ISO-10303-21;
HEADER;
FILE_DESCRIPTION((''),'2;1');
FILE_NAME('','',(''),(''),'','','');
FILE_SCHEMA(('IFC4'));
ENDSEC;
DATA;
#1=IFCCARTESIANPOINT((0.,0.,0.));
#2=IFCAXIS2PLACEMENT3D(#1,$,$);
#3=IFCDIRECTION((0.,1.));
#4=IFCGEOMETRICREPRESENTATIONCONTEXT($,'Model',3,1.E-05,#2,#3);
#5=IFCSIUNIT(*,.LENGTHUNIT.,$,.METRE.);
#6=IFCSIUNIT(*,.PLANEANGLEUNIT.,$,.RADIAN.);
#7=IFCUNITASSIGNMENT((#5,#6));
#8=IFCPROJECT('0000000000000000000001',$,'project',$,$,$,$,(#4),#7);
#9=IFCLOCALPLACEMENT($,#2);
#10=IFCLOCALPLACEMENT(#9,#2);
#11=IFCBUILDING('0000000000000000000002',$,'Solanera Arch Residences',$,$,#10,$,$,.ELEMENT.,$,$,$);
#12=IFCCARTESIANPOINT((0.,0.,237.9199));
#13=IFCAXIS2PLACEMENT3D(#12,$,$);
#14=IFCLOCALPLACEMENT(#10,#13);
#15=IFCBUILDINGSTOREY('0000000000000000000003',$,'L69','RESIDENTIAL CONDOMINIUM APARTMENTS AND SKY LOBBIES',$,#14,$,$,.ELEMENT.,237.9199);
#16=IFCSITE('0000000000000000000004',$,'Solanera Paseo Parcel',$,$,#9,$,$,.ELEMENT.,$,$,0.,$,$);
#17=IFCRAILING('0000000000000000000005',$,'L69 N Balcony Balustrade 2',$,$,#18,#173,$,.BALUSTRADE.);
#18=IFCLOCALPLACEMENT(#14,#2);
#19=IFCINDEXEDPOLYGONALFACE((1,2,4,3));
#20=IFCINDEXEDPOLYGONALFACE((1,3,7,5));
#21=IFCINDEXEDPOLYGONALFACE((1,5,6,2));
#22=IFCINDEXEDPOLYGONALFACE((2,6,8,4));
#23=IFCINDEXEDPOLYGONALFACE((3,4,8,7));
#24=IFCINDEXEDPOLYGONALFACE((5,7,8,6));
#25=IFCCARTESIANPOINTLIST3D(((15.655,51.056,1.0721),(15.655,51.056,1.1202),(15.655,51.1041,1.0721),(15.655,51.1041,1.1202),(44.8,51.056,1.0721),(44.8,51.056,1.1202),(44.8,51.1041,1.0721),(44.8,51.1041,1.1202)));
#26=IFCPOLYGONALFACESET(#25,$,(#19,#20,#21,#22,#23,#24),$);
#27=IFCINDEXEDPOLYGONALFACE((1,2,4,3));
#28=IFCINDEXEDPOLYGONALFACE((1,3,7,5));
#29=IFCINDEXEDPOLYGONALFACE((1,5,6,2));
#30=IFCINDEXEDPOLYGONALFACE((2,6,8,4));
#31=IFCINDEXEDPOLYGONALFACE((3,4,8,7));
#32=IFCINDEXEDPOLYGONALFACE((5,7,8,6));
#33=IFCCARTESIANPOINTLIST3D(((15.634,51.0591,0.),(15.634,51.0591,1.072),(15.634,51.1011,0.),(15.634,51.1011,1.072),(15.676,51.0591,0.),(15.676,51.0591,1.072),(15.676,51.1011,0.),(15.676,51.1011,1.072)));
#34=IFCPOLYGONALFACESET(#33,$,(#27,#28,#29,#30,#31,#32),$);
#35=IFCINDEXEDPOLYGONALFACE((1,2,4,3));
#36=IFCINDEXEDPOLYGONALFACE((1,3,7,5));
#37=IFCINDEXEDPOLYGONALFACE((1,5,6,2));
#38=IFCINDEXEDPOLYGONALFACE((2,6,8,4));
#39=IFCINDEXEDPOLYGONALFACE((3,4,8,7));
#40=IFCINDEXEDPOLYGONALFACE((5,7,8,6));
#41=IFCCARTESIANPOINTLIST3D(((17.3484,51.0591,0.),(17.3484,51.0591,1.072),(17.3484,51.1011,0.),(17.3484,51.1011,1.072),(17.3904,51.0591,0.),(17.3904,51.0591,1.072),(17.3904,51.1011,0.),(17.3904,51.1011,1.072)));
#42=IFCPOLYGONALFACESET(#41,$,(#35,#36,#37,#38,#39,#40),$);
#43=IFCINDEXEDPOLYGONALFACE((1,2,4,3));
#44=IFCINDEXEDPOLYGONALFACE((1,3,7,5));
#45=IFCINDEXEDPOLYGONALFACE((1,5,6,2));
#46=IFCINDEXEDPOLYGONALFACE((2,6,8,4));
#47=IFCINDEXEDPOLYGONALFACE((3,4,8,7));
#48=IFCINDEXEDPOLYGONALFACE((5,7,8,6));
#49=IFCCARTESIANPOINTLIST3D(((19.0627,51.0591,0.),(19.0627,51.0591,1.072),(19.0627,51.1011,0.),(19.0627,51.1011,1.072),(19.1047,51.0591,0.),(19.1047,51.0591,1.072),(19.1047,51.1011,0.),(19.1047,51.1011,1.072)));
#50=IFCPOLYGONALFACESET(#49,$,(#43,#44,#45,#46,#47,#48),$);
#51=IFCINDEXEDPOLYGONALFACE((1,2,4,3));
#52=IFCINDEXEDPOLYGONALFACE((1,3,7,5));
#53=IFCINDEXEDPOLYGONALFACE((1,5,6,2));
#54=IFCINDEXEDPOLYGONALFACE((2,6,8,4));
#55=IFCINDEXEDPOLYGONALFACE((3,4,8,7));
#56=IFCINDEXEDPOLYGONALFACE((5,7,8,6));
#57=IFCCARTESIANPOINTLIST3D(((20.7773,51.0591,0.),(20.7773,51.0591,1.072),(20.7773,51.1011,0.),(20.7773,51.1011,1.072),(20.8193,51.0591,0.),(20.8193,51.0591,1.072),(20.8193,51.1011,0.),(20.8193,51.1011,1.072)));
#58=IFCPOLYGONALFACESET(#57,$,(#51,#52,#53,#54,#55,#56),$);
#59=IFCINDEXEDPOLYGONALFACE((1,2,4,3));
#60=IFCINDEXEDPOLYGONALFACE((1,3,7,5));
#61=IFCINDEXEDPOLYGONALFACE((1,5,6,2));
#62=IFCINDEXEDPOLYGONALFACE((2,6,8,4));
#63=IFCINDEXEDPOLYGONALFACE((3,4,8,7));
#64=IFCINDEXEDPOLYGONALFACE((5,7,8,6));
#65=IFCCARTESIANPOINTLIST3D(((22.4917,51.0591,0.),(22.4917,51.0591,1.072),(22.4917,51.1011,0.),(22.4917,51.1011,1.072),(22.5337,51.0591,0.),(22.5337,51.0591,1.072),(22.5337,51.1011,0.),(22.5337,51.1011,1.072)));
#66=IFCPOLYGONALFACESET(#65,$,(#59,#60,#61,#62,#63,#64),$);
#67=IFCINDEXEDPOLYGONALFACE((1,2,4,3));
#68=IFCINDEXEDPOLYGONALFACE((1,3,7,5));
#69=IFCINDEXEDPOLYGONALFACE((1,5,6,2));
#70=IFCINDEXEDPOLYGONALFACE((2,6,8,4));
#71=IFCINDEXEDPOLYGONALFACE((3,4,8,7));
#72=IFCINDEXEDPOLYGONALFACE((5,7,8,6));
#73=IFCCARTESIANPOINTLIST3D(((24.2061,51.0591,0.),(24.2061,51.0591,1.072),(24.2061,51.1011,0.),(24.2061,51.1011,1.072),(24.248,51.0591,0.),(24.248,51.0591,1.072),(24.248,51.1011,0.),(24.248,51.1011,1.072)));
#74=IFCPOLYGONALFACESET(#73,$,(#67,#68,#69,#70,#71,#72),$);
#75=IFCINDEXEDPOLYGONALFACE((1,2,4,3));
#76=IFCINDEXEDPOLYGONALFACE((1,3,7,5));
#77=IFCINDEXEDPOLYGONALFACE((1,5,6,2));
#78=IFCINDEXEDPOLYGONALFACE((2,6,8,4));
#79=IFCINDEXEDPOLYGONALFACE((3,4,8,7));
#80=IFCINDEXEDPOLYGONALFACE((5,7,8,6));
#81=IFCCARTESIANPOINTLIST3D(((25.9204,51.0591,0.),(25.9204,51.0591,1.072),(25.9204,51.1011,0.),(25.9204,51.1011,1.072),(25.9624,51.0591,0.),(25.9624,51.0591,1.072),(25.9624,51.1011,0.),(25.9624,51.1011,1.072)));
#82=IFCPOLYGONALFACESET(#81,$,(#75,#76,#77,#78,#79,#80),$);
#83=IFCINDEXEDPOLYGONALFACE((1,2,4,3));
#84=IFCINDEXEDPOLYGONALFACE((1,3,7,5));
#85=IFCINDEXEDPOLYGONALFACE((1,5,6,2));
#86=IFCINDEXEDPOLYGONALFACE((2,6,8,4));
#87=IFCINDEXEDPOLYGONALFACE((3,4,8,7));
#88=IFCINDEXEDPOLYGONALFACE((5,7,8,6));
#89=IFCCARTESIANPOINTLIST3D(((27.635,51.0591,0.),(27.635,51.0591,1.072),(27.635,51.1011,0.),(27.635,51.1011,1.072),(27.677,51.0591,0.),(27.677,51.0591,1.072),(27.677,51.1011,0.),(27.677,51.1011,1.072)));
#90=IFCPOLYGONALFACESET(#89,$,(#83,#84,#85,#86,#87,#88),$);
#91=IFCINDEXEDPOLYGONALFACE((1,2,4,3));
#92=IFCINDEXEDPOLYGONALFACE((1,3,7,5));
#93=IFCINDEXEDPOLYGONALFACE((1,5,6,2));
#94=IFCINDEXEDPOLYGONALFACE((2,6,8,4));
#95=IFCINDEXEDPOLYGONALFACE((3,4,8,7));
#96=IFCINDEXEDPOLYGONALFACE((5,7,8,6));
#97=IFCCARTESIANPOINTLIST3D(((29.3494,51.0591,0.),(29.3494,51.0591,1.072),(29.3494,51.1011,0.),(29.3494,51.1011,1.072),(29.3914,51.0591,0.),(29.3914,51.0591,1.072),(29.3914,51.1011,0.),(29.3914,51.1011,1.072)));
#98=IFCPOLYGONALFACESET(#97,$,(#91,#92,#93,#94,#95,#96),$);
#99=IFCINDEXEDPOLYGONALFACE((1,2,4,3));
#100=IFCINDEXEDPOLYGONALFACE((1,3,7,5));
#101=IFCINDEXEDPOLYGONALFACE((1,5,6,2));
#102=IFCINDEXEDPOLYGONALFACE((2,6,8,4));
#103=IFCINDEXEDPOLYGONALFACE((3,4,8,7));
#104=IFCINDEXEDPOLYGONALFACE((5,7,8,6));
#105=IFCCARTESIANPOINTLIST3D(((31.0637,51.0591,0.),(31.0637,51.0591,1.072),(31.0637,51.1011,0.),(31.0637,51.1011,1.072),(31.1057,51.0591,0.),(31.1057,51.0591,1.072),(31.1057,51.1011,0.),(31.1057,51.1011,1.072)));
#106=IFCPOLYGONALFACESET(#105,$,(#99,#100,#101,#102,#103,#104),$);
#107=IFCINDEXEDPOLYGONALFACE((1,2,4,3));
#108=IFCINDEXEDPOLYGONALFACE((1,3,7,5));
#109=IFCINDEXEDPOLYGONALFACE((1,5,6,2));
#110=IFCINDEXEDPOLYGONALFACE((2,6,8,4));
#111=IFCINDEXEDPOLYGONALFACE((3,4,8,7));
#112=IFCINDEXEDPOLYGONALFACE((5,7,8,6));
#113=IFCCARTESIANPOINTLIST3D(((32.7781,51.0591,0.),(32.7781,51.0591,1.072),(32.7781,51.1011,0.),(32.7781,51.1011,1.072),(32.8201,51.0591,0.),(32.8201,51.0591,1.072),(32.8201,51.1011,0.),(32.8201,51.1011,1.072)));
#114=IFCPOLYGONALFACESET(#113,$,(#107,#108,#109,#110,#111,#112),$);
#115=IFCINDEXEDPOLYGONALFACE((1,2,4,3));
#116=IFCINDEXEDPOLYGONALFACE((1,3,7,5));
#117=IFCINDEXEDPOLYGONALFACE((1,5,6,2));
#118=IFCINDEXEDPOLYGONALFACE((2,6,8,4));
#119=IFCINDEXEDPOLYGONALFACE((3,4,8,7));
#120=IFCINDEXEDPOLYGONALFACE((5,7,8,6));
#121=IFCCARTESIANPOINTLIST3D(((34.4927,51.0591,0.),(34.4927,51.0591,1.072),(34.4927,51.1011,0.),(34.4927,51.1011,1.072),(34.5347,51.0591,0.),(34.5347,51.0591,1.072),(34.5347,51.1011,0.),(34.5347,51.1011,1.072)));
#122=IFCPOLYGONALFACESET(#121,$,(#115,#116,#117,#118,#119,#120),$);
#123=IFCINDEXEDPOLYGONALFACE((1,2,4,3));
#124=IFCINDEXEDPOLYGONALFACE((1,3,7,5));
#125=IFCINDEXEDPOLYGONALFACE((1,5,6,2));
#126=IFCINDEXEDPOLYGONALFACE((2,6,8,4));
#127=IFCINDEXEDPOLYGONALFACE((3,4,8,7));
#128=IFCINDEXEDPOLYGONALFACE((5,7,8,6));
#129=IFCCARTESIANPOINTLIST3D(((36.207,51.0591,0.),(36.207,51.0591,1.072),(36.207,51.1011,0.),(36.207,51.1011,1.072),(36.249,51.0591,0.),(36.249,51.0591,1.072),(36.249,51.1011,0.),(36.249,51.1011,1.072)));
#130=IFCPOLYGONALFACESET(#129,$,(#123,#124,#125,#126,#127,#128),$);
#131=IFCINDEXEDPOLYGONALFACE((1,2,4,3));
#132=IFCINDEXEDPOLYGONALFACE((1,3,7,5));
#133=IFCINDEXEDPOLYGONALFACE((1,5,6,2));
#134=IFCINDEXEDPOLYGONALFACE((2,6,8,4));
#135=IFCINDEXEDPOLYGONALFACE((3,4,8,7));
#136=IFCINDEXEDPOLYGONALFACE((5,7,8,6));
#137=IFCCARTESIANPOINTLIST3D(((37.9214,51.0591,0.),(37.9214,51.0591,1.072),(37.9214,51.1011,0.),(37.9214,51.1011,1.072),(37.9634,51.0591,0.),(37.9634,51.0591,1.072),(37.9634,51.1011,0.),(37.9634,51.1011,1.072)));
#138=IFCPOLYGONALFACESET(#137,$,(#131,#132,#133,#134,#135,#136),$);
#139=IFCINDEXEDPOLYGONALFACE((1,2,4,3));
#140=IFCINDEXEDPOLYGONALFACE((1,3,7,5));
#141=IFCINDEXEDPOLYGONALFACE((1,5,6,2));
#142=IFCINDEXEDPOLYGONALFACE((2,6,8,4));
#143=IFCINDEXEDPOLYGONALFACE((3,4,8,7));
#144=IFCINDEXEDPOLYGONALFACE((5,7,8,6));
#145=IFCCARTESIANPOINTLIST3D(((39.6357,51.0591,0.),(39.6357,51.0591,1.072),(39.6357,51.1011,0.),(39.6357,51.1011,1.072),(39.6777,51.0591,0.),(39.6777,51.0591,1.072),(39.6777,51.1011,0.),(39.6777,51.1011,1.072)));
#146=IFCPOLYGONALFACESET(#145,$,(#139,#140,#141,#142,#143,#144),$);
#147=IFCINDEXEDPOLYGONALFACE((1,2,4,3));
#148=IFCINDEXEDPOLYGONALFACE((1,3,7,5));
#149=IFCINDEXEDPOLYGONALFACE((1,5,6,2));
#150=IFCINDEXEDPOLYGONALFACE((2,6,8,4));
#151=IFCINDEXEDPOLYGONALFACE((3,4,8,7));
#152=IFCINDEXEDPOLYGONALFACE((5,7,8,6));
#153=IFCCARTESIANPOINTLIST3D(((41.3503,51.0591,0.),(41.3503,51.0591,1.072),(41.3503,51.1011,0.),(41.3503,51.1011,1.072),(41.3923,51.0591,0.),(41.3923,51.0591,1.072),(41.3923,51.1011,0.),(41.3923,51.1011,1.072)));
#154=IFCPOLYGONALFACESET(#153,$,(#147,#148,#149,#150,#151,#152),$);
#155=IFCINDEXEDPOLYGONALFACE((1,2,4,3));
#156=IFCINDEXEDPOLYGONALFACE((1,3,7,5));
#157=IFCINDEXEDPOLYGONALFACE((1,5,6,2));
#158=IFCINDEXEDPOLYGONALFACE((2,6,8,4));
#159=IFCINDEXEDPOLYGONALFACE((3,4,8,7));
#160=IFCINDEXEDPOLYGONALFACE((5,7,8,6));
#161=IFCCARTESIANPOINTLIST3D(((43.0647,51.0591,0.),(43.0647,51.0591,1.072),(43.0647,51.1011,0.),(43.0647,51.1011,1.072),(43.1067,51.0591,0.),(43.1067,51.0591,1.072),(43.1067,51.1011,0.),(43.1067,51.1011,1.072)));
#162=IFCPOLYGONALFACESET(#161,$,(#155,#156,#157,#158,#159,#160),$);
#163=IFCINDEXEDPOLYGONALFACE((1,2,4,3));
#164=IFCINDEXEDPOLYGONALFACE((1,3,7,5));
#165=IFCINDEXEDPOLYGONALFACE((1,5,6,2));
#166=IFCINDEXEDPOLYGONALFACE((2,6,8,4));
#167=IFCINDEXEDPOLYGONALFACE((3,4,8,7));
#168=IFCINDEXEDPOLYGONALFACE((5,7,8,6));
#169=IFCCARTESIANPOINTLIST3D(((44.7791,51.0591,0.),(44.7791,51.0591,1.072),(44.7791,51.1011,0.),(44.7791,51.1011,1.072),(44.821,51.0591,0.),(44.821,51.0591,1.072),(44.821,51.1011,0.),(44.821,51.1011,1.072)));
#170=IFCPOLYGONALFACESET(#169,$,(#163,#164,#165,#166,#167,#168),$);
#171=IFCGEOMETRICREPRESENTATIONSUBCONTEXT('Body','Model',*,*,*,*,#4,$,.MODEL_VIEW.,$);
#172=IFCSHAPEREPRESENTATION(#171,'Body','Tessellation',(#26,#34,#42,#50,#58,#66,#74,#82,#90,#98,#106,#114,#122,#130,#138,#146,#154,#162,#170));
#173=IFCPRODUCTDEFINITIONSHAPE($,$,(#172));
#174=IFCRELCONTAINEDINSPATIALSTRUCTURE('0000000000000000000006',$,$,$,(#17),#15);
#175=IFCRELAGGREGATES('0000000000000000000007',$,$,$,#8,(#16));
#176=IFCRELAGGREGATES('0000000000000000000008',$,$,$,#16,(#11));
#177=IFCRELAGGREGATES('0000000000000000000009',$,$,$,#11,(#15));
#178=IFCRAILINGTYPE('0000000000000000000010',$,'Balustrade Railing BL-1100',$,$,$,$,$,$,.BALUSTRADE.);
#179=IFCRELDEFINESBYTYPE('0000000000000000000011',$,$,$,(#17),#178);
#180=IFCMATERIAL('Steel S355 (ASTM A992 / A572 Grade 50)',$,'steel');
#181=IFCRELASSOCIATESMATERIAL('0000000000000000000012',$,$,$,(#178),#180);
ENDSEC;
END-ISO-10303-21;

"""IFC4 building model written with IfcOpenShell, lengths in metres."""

from ifc_helpers import new_model, si_unit, direction, frame, origin, origin_2d, place, context, subcontext, project, spatial, rectangle, extrude, material, type_object, element, save


model = new_model("IFC4")

# Units and contexts
model_context = context("Model", 3, precision=1e-05, world=origin(), true_north=direction((0.0, 1.0)))
body_context = subcontext(model_context, "Body", "Model", "MODEL_VIEW")
ifc_project = project(units=[si_unit("LENGTHUNIT", "METRE"), si_unit("PLANEANGLEUNIT", "RADIAN")], contexts=[model_context])

# Site, building, storey
site_placement = place(None, origin())
site = spatial("IfcSite", under=ifc_project, at=site_placement, Name="Solanera Paseo Parcel", CompositionType="ELEMENT", RefElevation=0.0)
building_placement = place(site_placement, origin())
building = spatial("IfcBuilding", under=site, at=building_placement, Name="Solanera Arch Residences", CompositionType="ELEMENT")
storey_placement = place(building_placement, frame((0.0, 0.0, 237.9199)))
storey = spatial("IfcBuildingStorey", under=building, at=storey_placement, Name="L69", Description="RESIDENTIAL CONDOMINIUM APARTMENTS AND SKY LOBBIES", CompositionType="ELEMENT", Elevation=237.9199)

# Railing
ifc_material_1 = material(Name="Steel S355 (ASTM A992 / A572 Grade 50)", Category="steel")
railing_type = type_object("IfcRailingType", Name="Balustrade Railing BL-1100", PredefinedType="BALUSTRADE", material=ifc_material_1)
railing_placement = place(storey_placement, frame((15.655, 51.0801, 0.0)))
element("IfcRailing", 1, at=railing_placement, inside=storey, type_object=railing_type, Name="L69 N Balcony Balustrade 2", PredefinedType="BALUSTRADE", context=body_context, shape_type="SweptSolid", body=[
    extrude(rectangle(XDim=0.0481, YDim=0.0481, at=origin_2d()), frame((0.0, 0.0, 1.0962), z_axis=(1.0, 0.0, 0.0), x_axis=(0.0, 1.0, 0.0)), (0.0, 0.0, 1.0), 29.145),
    extrude(rectangle(XDim=0.042, YDim=0.042, at=origin_2d()), origin(), (0.0, 0.0, 1.0), 1.072),
    extrude(rectangle(XDim=0.042, YDim=0.042, at=origin_2d()), frame((1.7144, 0.0, 0.0)), (0.0, 0.0, 1.0), 1.072),
    extrude(rectangle(XDim=0.042, YDim=0.042, at=origin_2d()), frame((3.4287, 0.0, 0.0)), (0.0, 0.0, 1.0), 1.072),
    extrude(rectangle(XDim=0.042, YDim=0.042, at=origin_2d()), frame((5.1433, 0.0, 0.0)), (0.0, 0.0, 1.0), 1.072),
    extrude(rectangle(XDim=0.042, YDim=0.042, at=origin_2d()), frame((6.8577, 0.0, 0.0)), (0.0, 0.0, 1.0), 1.072),
    extrude(rectangle(XDim=0.042, YDim=0.042, at=origin_2d()), frame((8.572, 0.0, 0.0)), (0.0, 0.0, 1.0), 1.072),
    extrude(rectangle(XDim=0.042, YDim=0.042, at=origin_2d()), frame((10.2864, 0.0, 0.0)), (0.0, 0.0, 1.0), 1.072),
    extrude(rectangle(XDim=0.042, YDim=0.042, at=origin_2d()), frame((12.001, 0.0, 0.0)), (0.0, 0.0, 1.0), 1.072),
    extrude(rectangle(XDim=0.042, YDim=0.042, at=origin_2d()), frame((13.7153, 0.0, 0.0)), (0.0, 0.0, 1.0), 1.072),
    extrude(rectangle(XDim=0.042, YDim=0.042, at=origin_2d()), frame((15.4297, 0.0, 0.0)), (0.0, 0.0, 1.0), 1.072),
    extrude(rectangle(XDim=0.042, YDim=0.042, at=origin_2d()), frame((17.144, 0.0, 0.0)), (0.0, 0.0, 1.0), 1.072),
    extrude(rectangle(XDim=0.042, YDim=0.042, at=origin_2d()), frame((18.8586, 0.0, 0.0)), (0.0, 0.0, 1.0), 1.072),
    extrude(rectangle(XDim=0.042, YDim=0.042, at=origin_2d()), frame((20.573, 0.0, 0.0)), (0.0, 0.0, 1.0), 1.072),
    extrude(rectangle(XDim=0.042, YDim=0.042, at=origin_2d()), frame((22.2874, 0.0, 0.0)), (0.0, 0.0, 1.0), 1.072),
    extrude(rectangle(XDim=0.042, YDim=0.042, at=origin_2d()), frame((24.0017, 0.0, 0.0)), (0.0, 0.0, 1.0), 1.072),
    extrude(rectangle(XDim=0.042, YDim=0.042, at=origin_2d()), frame((25.7163, 0.0, 0.0)), (0.0, 0.0, 1.0), 1.072),
    extrude(rectangle(XDim=0.042, YDim=0.042, at=origin_2d()), frame((27.4307, 0.0, 0.0)), (0.0, 0.0, 1.0), 1.072),
    extrude(rectangle(XDim=0.042, YDim=0.042, at=origin_2d()), frame((29.145, 0.0, 0.0)), (0.0, 0.0, 1.0), 1.072),
])

save(model, "model.ifc")
